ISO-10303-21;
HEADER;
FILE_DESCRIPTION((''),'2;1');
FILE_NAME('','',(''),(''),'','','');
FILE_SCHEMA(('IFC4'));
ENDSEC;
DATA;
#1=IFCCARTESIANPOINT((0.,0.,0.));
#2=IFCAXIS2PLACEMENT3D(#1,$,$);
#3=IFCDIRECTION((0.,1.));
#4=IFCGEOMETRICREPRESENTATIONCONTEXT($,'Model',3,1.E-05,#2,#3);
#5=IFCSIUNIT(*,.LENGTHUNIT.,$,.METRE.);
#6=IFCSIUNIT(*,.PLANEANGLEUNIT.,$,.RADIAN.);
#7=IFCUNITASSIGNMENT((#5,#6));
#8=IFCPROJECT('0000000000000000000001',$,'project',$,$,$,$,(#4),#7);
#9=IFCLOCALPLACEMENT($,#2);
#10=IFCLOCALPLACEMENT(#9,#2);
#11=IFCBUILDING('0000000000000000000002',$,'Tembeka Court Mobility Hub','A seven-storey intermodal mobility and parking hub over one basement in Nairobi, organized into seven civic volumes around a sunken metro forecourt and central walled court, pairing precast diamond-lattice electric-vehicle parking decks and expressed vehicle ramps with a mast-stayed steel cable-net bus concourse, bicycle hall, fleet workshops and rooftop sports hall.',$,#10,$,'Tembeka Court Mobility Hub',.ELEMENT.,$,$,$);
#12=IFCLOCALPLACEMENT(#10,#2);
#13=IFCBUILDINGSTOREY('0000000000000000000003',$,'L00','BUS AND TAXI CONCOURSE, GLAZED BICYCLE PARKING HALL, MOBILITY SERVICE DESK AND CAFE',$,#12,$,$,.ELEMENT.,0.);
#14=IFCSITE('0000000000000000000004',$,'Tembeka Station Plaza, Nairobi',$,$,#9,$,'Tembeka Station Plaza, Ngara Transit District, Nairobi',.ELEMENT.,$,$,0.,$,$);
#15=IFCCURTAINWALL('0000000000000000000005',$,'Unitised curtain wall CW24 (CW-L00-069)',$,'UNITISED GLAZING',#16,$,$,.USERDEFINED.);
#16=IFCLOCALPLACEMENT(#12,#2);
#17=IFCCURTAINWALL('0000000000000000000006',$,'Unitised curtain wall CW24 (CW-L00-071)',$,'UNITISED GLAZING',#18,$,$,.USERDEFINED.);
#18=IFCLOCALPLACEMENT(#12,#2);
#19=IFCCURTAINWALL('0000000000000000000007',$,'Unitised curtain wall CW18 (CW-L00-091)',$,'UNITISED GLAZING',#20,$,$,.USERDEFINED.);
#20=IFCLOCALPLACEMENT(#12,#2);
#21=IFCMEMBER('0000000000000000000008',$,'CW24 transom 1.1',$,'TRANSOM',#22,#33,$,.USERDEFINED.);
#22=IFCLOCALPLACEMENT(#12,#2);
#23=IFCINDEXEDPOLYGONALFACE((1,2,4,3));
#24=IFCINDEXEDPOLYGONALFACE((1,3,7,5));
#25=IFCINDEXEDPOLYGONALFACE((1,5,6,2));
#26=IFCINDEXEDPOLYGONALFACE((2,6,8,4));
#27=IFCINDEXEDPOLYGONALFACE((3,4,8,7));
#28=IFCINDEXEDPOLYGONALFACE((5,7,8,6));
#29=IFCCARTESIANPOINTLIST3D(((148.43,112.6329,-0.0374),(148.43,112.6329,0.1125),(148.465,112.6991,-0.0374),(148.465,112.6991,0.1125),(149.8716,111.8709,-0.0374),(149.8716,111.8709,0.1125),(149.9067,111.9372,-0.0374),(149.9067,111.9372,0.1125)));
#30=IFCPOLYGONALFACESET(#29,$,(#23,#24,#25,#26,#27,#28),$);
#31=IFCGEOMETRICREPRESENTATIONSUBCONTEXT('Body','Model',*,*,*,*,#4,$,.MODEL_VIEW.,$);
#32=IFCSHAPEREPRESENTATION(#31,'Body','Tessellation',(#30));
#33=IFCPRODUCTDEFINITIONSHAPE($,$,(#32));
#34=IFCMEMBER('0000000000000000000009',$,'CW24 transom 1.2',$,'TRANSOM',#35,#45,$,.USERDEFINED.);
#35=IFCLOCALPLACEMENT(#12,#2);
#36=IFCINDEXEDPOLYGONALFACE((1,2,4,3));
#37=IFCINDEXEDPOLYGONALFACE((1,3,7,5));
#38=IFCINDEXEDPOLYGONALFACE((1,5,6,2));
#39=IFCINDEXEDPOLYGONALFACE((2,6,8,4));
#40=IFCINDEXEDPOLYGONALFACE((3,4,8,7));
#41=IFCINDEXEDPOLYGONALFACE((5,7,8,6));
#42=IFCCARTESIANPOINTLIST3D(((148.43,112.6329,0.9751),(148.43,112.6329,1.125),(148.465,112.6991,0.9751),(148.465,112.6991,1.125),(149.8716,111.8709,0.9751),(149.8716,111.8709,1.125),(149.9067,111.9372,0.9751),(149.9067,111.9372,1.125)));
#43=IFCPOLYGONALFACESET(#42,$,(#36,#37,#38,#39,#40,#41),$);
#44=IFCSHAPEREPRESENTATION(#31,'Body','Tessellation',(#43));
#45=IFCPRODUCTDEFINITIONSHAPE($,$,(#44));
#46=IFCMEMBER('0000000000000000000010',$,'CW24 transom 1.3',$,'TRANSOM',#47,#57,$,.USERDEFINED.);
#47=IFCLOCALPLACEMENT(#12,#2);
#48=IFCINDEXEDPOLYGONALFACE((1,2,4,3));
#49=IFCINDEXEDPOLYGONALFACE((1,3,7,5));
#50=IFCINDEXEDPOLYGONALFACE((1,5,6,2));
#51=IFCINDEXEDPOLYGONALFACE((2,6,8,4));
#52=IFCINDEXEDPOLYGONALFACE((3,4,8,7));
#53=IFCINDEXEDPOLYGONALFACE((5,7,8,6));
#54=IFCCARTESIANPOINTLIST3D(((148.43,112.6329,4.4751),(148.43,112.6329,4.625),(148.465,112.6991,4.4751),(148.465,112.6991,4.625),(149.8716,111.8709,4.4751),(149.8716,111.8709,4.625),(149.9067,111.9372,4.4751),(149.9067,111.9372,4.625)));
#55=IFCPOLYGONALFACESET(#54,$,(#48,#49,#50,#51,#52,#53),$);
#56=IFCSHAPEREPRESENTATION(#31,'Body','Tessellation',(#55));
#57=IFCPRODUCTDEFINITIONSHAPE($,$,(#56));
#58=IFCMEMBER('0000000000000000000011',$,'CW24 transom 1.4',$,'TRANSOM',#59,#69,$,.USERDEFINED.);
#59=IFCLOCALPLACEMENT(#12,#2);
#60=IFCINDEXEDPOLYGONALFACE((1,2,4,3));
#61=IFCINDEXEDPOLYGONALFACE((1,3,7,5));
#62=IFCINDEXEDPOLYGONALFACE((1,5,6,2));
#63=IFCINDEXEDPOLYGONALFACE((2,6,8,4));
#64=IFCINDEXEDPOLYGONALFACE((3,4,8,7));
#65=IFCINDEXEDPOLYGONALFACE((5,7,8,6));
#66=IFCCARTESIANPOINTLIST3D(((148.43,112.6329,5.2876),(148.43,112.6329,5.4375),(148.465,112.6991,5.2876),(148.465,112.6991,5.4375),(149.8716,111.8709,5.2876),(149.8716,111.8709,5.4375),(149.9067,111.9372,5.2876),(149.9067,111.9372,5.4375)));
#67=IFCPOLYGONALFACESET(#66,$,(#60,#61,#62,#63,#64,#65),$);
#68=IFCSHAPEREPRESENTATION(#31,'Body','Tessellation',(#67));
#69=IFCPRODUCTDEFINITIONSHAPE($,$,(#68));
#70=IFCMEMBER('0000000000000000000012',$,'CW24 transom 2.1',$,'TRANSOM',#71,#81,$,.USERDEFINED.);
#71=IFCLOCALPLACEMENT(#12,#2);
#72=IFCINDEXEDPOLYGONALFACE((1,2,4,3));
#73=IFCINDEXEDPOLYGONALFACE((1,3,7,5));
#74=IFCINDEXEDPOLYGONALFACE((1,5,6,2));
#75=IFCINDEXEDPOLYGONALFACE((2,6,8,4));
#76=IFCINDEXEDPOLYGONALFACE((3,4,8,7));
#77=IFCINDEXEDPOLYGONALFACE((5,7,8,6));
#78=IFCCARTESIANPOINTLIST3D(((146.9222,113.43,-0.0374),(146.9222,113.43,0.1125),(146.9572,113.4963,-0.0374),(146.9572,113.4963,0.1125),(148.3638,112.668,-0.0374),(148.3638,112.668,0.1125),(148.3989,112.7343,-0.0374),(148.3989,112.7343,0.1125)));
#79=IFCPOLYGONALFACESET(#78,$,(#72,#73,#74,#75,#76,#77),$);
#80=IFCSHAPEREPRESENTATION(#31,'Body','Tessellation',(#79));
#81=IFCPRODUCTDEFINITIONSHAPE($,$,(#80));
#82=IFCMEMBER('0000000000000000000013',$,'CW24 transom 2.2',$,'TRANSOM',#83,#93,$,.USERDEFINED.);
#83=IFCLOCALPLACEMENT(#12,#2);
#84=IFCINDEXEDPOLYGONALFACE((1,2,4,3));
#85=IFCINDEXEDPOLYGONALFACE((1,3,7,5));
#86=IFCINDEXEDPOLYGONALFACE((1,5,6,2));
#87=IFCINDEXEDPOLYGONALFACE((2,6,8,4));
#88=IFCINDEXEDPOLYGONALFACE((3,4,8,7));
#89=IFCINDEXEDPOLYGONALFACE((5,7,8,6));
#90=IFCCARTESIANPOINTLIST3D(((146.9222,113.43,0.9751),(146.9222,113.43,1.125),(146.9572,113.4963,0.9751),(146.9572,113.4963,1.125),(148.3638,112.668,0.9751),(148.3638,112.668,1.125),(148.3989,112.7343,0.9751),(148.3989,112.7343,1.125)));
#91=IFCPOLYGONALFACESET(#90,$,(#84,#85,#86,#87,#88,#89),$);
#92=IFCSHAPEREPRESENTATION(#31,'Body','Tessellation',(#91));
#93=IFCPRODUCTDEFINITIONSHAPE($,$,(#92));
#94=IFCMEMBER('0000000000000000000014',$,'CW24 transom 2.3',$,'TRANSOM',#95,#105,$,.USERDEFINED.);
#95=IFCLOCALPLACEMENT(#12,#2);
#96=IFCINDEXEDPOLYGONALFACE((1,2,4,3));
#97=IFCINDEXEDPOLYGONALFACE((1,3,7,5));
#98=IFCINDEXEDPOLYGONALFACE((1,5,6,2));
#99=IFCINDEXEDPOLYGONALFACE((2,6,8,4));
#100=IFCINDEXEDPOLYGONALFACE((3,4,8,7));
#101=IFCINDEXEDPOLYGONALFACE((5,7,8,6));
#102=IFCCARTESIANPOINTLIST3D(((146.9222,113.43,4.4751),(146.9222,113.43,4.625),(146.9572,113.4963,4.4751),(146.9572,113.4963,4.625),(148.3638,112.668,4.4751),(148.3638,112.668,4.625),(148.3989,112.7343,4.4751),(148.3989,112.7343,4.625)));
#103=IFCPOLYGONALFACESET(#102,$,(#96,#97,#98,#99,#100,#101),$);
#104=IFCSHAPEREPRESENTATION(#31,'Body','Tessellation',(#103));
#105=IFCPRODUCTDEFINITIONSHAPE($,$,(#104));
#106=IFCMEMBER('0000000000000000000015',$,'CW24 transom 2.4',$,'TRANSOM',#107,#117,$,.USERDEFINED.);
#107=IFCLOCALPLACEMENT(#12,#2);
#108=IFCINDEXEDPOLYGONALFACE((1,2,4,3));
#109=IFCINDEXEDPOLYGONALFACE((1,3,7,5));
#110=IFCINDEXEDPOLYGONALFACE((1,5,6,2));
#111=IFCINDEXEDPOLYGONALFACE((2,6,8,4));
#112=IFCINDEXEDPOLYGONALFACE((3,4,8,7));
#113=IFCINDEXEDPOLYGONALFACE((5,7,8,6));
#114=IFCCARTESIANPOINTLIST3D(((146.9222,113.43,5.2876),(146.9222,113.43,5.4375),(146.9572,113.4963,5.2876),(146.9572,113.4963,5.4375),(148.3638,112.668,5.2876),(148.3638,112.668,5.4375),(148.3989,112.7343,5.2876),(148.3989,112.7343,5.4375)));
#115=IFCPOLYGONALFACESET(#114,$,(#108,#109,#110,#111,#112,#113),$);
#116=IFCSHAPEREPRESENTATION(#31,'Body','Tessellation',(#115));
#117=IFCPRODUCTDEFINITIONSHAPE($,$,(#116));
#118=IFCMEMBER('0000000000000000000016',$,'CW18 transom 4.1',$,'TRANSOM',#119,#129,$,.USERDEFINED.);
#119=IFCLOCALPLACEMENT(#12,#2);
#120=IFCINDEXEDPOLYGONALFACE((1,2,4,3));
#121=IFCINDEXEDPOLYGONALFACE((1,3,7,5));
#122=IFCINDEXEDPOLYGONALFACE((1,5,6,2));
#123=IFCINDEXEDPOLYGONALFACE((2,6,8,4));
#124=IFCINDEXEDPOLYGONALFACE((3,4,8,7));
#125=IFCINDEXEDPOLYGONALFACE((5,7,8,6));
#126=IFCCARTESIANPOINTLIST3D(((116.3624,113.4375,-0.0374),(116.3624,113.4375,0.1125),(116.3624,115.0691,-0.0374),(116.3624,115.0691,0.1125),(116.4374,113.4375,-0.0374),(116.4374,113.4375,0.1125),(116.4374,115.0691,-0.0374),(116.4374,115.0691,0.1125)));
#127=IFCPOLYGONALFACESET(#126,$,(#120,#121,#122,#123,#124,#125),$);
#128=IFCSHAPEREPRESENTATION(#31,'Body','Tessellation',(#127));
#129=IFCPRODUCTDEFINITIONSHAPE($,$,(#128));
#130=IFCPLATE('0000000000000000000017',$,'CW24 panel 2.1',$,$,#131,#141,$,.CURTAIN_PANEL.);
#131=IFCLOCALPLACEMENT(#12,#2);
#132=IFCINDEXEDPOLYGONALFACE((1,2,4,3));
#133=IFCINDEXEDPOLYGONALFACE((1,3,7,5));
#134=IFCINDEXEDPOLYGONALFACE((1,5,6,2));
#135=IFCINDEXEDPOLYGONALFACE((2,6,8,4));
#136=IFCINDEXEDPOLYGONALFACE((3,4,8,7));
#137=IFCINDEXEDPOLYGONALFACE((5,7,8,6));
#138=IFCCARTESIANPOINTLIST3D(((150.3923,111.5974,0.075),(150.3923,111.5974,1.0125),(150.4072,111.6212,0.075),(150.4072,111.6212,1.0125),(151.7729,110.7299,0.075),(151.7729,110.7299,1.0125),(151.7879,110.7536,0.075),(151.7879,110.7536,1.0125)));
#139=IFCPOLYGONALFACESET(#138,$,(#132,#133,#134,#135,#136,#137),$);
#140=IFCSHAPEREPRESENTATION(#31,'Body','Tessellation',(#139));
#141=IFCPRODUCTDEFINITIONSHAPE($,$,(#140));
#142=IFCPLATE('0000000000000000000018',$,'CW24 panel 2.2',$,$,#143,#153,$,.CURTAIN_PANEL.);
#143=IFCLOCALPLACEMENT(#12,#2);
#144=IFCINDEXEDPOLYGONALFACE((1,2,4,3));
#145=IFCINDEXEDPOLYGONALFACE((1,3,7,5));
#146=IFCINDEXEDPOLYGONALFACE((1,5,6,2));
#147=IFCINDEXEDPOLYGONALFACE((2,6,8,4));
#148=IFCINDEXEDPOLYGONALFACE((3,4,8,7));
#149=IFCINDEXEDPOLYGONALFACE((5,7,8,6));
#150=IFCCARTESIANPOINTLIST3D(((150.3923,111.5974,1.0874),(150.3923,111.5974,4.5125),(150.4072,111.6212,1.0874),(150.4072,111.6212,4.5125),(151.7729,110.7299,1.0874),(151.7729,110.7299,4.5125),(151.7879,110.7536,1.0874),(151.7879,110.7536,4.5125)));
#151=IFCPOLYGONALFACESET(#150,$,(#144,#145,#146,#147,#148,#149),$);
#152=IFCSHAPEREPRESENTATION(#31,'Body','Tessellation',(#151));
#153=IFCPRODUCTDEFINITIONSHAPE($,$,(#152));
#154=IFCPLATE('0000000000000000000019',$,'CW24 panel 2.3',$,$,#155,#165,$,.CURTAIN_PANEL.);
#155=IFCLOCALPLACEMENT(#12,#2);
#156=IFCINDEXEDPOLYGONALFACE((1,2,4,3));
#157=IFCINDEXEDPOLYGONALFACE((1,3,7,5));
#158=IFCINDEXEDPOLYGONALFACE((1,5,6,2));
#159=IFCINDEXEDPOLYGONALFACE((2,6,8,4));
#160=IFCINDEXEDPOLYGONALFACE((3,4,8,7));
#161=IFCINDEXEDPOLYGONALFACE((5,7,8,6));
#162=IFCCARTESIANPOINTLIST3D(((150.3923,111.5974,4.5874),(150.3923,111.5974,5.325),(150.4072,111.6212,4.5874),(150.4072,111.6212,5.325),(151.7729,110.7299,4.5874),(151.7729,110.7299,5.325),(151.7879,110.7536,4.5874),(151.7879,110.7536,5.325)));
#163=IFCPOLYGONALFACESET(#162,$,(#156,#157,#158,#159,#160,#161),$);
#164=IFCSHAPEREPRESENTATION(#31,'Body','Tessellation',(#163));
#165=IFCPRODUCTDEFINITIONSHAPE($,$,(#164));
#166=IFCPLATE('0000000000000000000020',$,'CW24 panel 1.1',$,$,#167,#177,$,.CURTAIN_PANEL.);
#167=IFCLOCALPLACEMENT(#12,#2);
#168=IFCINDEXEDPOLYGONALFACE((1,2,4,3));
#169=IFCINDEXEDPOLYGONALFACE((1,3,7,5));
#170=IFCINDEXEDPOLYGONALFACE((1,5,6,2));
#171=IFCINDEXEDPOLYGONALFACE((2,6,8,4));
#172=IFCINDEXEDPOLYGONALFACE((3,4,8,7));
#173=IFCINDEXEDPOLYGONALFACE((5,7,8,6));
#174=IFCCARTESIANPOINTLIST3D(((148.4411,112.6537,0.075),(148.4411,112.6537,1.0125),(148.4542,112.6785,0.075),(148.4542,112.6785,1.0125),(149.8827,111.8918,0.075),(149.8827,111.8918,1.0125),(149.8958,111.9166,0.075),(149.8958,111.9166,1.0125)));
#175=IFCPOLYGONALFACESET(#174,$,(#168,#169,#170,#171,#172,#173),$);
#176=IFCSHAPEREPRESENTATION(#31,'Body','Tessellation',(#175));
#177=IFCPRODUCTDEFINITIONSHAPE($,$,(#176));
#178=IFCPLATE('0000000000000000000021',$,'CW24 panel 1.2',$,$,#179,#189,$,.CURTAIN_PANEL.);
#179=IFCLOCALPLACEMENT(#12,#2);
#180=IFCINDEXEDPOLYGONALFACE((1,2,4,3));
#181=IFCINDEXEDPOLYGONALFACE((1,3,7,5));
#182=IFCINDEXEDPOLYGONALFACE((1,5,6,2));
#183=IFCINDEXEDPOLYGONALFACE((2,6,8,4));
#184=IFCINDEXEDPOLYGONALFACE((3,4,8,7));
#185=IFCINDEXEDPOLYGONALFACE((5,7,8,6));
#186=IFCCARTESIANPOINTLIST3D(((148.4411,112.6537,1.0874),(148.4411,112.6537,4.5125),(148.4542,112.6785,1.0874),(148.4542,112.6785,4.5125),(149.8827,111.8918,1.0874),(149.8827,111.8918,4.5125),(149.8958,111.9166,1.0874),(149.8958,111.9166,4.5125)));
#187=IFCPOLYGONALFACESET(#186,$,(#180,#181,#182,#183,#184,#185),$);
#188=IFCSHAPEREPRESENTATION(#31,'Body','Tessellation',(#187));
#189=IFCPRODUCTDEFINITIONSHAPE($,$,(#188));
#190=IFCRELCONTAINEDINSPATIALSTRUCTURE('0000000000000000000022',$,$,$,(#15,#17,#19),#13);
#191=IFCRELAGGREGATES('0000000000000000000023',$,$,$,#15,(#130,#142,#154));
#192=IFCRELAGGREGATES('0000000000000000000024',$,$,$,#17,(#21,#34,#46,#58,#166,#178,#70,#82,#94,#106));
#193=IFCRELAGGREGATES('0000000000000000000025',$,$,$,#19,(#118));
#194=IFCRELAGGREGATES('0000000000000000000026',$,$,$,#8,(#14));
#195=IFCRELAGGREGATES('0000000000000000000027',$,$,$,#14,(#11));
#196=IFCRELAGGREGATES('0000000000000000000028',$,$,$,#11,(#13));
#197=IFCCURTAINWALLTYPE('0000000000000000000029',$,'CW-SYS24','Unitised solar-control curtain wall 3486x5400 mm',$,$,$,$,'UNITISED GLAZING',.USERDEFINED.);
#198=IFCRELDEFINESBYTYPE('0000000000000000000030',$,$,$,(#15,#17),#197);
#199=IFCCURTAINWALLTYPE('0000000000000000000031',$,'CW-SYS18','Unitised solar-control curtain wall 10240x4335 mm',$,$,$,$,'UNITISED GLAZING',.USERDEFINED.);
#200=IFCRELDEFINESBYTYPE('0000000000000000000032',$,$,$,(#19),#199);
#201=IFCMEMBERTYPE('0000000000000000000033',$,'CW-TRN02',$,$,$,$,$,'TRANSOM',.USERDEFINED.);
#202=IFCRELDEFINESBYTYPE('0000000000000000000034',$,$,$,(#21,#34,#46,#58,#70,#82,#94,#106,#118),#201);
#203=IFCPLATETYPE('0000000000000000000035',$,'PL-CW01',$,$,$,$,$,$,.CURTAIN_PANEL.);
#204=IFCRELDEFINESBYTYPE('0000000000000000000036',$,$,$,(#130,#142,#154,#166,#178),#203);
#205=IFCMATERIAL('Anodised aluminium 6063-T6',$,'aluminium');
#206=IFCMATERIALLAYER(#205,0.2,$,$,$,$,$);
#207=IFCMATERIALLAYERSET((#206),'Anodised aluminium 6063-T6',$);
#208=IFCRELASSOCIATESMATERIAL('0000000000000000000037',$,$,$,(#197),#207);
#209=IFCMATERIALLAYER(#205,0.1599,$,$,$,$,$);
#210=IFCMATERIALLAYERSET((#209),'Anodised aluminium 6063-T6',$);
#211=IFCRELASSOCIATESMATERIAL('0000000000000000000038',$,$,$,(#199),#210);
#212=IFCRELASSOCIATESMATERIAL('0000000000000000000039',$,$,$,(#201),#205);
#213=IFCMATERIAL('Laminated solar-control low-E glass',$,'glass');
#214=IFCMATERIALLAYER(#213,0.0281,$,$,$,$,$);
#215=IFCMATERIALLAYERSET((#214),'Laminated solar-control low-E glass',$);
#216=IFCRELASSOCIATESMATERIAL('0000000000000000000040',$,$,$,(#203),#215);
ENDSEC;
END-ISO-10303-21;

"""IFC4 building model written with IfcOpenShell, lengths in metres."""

from ifc_helpers import new_model, si_unit, direction, frame, origin, origin_2d, place, context, subcontext, project, spatial, rectangle, extrude, material, layer, layer_set, material_profile, profile_set, type_object, element, aggregate, save


model = new_model("IFC4")

# Units and contexts
model_context = context("Model", 3, precision=1e-05, world=origin(), true_north=direction((0.0, 1.0)))
body_context = subcontext(model_context, "Body", "Model", "MODEL_VIEW")
ifc_project = project(units=[si_unit("LENGTHUNIT", "METRE"), si_unit("PLANEANGLEUNIT", "RADIAN")], contexts=[model_context])

# Site, building, storey
site_placement = place(None, origin())
site = spatial("IfcSite", under=ifc_project, at=site_placement, Name="Tembeka Station Plaza, Nairobi", LongName="Tembeka Station Plaza, Ngara Transit District, Nairobi", CompositionType="ELEMENT", RefElevation=0.0)
building_placement = place(site_placement, origin())
building = spatial("IfcBuilding", under=site, at=building_placement, Name="Tembeka Court Mobility Hub", Description="A seven-storey intermodal mobility and parking hub over one basement in Nairobi, organized into seven civic volumes around a sunken metro forecourt and central walled court, pairing precast diamond-lattice electric-vehicle parking decks and expressed vehicle ramps with a mast-stayed steel cable-net bus concourse, bicycle hall, fleet workshops and rooftop sports hall.", LongName="Tembeka Court Mobility Hub", CompositionType="ELEMENT")
storey_placement = place(building_placement, origin())
storey = spatial("IfcBuildingStorey", under=building, at=storey_placement, Name="L00", Description="BUS AND TAXI CONCOURSE, GLAZED BICYCLE PARKING HALL, MOBILITY SERVICE DESK AND CAFE", CompositionType="ELEMENT", Elevation=0.0)

# Curtain walls
ifc_material_1 = material(Name="Anodised aluminium 6063-T6", Category="aluminium")
ifc_layer_1 = layer(ifc_material_1, 0.2)
ifc_layer_set_1 = layer_set([ifc_layer_1], Name="Anodised aluminium 6063-T6")
curtain_wall_type_1 = type_object("IfcCurtainWallType", Name="CW-SYS24", Description="Unitised solar-control curtain wall 3486x5400 mm", ElementType="UNITISED GLAZING", PredefinedType="USERDEFINED", material=ifc_layer_set_1)
curtain_wall_1_placement = place(storey_placement, origin())
curtain_wall_1 = element("IfcCurtainWall", 1, at=curtain_wall_1_placement, inside=storey, type_object=curtain_wall_type_1, Name="Unitised curtain wall CW24 (CW-L00-069)", ObjectType="UNITISED GLAZING", PredefinedType="USERDEFINED")
curtain_wall_2_placement = place(storey_placement, origin())
curtain_wall_2 = element("IfcCurtainWall", 2, at=curtain_wall_2_placement, inside=storey, type_object=curtain_wall_type_1, Name="Unitised curtain wall CW24 (CW-L00-071)", ObjectType="UNITISED GLAZING", PredefinedType="USERDEFINED")

# Curtain wall
ifc_layer_2 = layer(ifc_material_1, 0.1599)
ifc_layer_set_2 = layer_set([ifc_layer_2], Name="Anodised aluminium 6063-T6")
curtain_wall_type_2 = type_object("IfcCurtainWallType", Name="CW-SYS18", Description="Unitised solar-control curtain wall 10240x4335 mm", ElementType="UNITISED GLAZING", PredefinedType="USERDEFINED", material=ifc_layer_set_2)
curtain_wall_3_placement = place(storey_placement, origin())
curtain_wall_3 = element("IfcCurtainWall", 3, at=curtain_wall_3_placement, inside=storey, type_object=curtain_wall_type_2, Name="Unitised curtain wall CW18 (CW-L00-091)", ObjectType="UNITISED GLAZING", PredefinedType="USERDEFINED")

# Members
ifc_material_profile_1 = material_profile(ifc_material_1, rectangle(XDim=0.075, YDim=0.1499, at=origin_2d()), Name="ALU-TRN 75x150")
ifc_profile_set_1 = profile_set([ifc_material_profile_1], Name="Anodised aluminium 6063-T6")
member_type_1 = type_object("IfcMemberType", Name="CW-TRN02", ElementType="TRANSOM", PredefinedType="USERDEFINED", material=ifc_profile_set_1)
member_1_placement = place(storey_placement, frame((149.8892, 111.9041, 0.0376), z_axis=(-0.884108, 0.467282, 0.0), x_axis=(-0.467282, -0.884108, 0.0)))
member_1 = element("IfcMember", 4, at=member_1_placement, type_object=member_type_1, Name="CW24 transom 1.1", ObjectType="TRANSOM", PredefinedType="USERDEFINED", context=body_context, shape_type="SweptSolid", body=[
    extrude(rectangle(XDim=0.075, YDim=0.1499, at=origin_2d()), origin(), (0.0, 0.0, 1.0), 1.6306),
])
member_2_placement = place(storey_placement, frame((149.8892, 111.9041, 1.05), z_axis=(-0.884108, 0.467282, 0.0), x_axis=(-0.467282, -0.884108, 0.0)))
member_2 = element("IfcMember", 5, at=member_2_placement, type_object=member_type_1, Name="CW24 transom 1.2", ObjectType="TRANSOM", PredefinedType="USERDEFINED", context=body_context, shape_type="SweptSolid", body=[
    extrude(rectangle(XDim=0.075, YDim=0.1499, at=origin_2d()), origin(), (0.0, 0.0, 1.0), 1.6306),
])
member_3_placement = place(storey_placement, frame((149.8892, 111.9041, 4.55), z_axis=(-0.884108, 0.467282, 0.0), x_axis=(-0.467282, -0.884108, 0.0)))
member_3 = element("IfcMember", 6, at=member_3_placement, type_object=member_type_1, Name="CW24 transom 1.3", ObjectType="TRANSOM", PredefinedType="USERDEFINED", context=body_context, shape_type="SweptSolid", body=[
    extrude(rectangle(XDim=0.075, YDim=0.1499, at=origin_2d()), origin(), (0.0, 0.0, 1.0), 1.6306),
])
member_4_placement = place(storey_placement, frame((149.8892, 111.9041, 5.3625), z_axis=(-0.884108, 0.467282, 0.0), x_axis=(-0.467282, -0.884108, 0.0)))
member_4 = element("IfcMember", 7, at=member_4_placement, type_object=member_type_1, Name="CW24 transom 1.4", ObjectType="TRANSOM", PredefinedType="USERDEFINED", context=body_context, shape_type="SweptSolid", body=[
    extrude(rectangle(XDim=0.075, YDim=0.1499, at=origin_2d()), origin(), (0.0, 0.0, 1.0), 1.6306),
])
member_5_placement = place(storey_placement, frame((148.3813, 112.7012, 0.0376), z_axis=(-0.884108, 0.467282, 0.0), x_axis=(-0.467282, -0.884108, 0.0)))
member_5 = element("IfcMember", 8, at=member_5_placement, type_object=member_type_1, Name="CW24 transom 2.1", ObjectType="TRANSOM", PredefinedType="USERDEFINED", context=body_context, shape_type="SweptSolid", body=[
    extrude(rectangle(XDim=0.075, YDim=0.1499, at=origin_2d()), origin(), (0.0, 0.0, 1.0), 1.6306),
])
member_6_placement = place(storey_placement, frame((148.3813, 112.7012, 1.05), z_axis=(-0.884108, 0.467282, 0.0), x_axis=(-0.467282, -0.884108, 0.0)))
member_6 = element("IfcMember", 9, at=member_6_placement, type_object=member_type_1, Name="CW24 transom 2.2", ObjectType="TRANSOM", PredefinedType="USERDEFINED", context=body_context, shape_type="SweptSolid", body=[
    extrude(rectangle(XDim=0.075, YDim=0.1499, at=origin_2d()), origin(), (0.0, 0.0, 1.0), 1.6306),
])
member_7_placement = place(storey_placement, frame((148.3813, 112.7012, 4.55), z_axis=(-0.884108, 0.467282, 0.0), x_axis=(-0.467282, -0.884108, 0.0)))
member_7 = element("IfcMember", 10, at=member_7_placement, type_object=member_type_1, Name="CW24 transom 2.3", ObjectType="TRANSOM", PredefinedType="USERDEFINED", context=body_context, shape_type="SweptSolid", body=[
    extrude(rectangle(XDim=0.075, YDim=0.1499, at=origin_2d()), origin(), (0.0, 0.0, 1.0), 1.6306),
])
member_8_placement = place(storey_placement, frame((148.3813, 112.7012, 5.3625), z_axis=(-0.884108, 0.467282, 0.0), x_axis=(-0.467282, -0.884108, 0.0)))
member_8 = element("IfcMember", 11, at=member_8_placement, type_object=member_type_1, Name="CW24 transom 2.4", ObjectType="TRANSOM", PredefinedType="USERDEFINED", context=body_context, shape_type="SweptSolid", body=[
    extrude(rectangle(XDim=0.075, YDim=0.1499, at=origin_2d()), origin(), (0.0, 0.0, 1.0), 1.6306),
])
member_9_placement = place(storey_placement, frame((116.3999, 113.4375, 0.0376), z_axis=(0.0, 1.0, 0.0), x_axis=(-1.0, 0.0, 0.0)))
member_9 = element("IfcMember", 12, at=member_9_placement, type_object=member_type_1, Name="CW18 transom 4.1", ObjectType="TRANSOM", PredefinedType="USERDEFINED", context=body_context, shape_type="SweptSolid", body=[
    extrude(rectangle(XDim=0.075, YDim=0.1499, at=origin_2d()), origin(), (0.0, 0.0, 1.0), 1.6316),
])

# Plates
ifc_material_2 = material(Name="Laminated solar-control low-E glass", Category="glass")
ifc_layer_3 = layer(ifc_material_2, 0.0281)
ifc_layer_set_3 = layer_set([ifc_layer_3], Name="Laminated solar-control low-E glass")
plate_type = type_object("IfcPlateType", Name="PL-CW01", PredefinedType="CURTAIN_PANEL", material=ifc_layer_set_3)
plate_1_placement = place(storey_placement, frame((151.0901, 111.1755, 0.075), z_axis=(0.0, 0.0, 1.0), x_axis=(-0.846708, 0.532058, 0.0)))
plate_1 = element("IfcPlate", 13, at=plate_1_placement, type_object=plate_type, Name="CW24 panel 2.1", PredefinedType="CURTAIN_PANEL", context=body_context, shape_type="SweptSolid", body=[
    extrude(rectangle(XDim=1.6306, YDim=0.0281, at=origin_2d()), origin(), (0.0, 0.0, 1.0), 0.9375),
])
plate_2_placement = place(storey_placement, frame((151.0901, 111.1755, 1.0874), z_axis=(0.0, 0.0, 1.0), x_axis=(-0.846708, 0.532058, 0.0)))
plate_2 = element("IfcPlate", 14, at=plate_2_placement, type_object=plate_type, Name="CW24 panel 2.2", PredefinedType="CURTAIN_PANEL", context=body_context, shape_type="SweptSolid", body=[
    extrude(rectangle(XDim=1.6306, YDim=0.0281, at=origin_2d()), origin(), (0.0, 0.0, 1.0), 3.425),
])
plate_3_placement = place(storey_placement, frame((151.0901, 111.1755, 4.5874), z_axis=(0.0, 0.0, 1.0), x_axis=(-0.846708, 0.532058, 0.0)))
plate_3 = element("IfcPlate", 15, at=plate_3_placement, type_object=plate_type, Name="CW24 panel 2.3", PredefinedType="CURTAIN_PANEL", context=body_context, shape_type="SweptSolid", body=[
    extrude(rectangle(XDim=1.6306, YDim=0.0281, at=origin_2d()), origin(), (0.0, 0.0, 1.0), 0.7375),
])
aggregate(curtain_wall_1, [plate_1, plate_2, plate_3])
plate_4_placement = place(storey_placement, frame((149.1685, 112.2852, 0.075), z_axis=(0.0, 0.0, 1.0), x_axis=(-0.884108, 0.467283, 0.0)))
plate_4 = element("IfcPlate", 16, at=plate_4_placement, type_object=plate_type, Name="CW24 panel 1.1", PredefinedType="CURTAIN_PANEL", context=body_context, shape_type="SweptSolid", body=[
    extrude(rectangle(XDim=1.6306, YDim=0.0281, at=origin_2d()), origin(), (0.0, 0.0, 1.0), 0.9375),
])
plate_5_placement = place(storey_placement, frame((149.1685, 112.2852, 1.0874), z_axis=(0.0, 0.0, 1.0), x_axis=(-0.884108, 0.467283, 0.0)))
plate_5 = element("IfcPlate", 17, at=plate_5_placement, type_object=plate_type, Name="CW24 panel 1.2", PredefinedType="CURTAIN_PANEL", context=body_context, shape_type="SweptSolid", body=[
    extrude(rectangle(XDim=1.6306, YDim=0.0281, at=origin_2d()), origin(), (0.0, 0.0, 1.0), 3.425),
])
aggregate(curtain_wall_2, [member_1, member_2, member_3, member_4, plate_4, plate_5, member_5, member_6, member_7, member_8])
aggregate(curtain_wall_3, [member_9])

save(model, "model.ifc")
